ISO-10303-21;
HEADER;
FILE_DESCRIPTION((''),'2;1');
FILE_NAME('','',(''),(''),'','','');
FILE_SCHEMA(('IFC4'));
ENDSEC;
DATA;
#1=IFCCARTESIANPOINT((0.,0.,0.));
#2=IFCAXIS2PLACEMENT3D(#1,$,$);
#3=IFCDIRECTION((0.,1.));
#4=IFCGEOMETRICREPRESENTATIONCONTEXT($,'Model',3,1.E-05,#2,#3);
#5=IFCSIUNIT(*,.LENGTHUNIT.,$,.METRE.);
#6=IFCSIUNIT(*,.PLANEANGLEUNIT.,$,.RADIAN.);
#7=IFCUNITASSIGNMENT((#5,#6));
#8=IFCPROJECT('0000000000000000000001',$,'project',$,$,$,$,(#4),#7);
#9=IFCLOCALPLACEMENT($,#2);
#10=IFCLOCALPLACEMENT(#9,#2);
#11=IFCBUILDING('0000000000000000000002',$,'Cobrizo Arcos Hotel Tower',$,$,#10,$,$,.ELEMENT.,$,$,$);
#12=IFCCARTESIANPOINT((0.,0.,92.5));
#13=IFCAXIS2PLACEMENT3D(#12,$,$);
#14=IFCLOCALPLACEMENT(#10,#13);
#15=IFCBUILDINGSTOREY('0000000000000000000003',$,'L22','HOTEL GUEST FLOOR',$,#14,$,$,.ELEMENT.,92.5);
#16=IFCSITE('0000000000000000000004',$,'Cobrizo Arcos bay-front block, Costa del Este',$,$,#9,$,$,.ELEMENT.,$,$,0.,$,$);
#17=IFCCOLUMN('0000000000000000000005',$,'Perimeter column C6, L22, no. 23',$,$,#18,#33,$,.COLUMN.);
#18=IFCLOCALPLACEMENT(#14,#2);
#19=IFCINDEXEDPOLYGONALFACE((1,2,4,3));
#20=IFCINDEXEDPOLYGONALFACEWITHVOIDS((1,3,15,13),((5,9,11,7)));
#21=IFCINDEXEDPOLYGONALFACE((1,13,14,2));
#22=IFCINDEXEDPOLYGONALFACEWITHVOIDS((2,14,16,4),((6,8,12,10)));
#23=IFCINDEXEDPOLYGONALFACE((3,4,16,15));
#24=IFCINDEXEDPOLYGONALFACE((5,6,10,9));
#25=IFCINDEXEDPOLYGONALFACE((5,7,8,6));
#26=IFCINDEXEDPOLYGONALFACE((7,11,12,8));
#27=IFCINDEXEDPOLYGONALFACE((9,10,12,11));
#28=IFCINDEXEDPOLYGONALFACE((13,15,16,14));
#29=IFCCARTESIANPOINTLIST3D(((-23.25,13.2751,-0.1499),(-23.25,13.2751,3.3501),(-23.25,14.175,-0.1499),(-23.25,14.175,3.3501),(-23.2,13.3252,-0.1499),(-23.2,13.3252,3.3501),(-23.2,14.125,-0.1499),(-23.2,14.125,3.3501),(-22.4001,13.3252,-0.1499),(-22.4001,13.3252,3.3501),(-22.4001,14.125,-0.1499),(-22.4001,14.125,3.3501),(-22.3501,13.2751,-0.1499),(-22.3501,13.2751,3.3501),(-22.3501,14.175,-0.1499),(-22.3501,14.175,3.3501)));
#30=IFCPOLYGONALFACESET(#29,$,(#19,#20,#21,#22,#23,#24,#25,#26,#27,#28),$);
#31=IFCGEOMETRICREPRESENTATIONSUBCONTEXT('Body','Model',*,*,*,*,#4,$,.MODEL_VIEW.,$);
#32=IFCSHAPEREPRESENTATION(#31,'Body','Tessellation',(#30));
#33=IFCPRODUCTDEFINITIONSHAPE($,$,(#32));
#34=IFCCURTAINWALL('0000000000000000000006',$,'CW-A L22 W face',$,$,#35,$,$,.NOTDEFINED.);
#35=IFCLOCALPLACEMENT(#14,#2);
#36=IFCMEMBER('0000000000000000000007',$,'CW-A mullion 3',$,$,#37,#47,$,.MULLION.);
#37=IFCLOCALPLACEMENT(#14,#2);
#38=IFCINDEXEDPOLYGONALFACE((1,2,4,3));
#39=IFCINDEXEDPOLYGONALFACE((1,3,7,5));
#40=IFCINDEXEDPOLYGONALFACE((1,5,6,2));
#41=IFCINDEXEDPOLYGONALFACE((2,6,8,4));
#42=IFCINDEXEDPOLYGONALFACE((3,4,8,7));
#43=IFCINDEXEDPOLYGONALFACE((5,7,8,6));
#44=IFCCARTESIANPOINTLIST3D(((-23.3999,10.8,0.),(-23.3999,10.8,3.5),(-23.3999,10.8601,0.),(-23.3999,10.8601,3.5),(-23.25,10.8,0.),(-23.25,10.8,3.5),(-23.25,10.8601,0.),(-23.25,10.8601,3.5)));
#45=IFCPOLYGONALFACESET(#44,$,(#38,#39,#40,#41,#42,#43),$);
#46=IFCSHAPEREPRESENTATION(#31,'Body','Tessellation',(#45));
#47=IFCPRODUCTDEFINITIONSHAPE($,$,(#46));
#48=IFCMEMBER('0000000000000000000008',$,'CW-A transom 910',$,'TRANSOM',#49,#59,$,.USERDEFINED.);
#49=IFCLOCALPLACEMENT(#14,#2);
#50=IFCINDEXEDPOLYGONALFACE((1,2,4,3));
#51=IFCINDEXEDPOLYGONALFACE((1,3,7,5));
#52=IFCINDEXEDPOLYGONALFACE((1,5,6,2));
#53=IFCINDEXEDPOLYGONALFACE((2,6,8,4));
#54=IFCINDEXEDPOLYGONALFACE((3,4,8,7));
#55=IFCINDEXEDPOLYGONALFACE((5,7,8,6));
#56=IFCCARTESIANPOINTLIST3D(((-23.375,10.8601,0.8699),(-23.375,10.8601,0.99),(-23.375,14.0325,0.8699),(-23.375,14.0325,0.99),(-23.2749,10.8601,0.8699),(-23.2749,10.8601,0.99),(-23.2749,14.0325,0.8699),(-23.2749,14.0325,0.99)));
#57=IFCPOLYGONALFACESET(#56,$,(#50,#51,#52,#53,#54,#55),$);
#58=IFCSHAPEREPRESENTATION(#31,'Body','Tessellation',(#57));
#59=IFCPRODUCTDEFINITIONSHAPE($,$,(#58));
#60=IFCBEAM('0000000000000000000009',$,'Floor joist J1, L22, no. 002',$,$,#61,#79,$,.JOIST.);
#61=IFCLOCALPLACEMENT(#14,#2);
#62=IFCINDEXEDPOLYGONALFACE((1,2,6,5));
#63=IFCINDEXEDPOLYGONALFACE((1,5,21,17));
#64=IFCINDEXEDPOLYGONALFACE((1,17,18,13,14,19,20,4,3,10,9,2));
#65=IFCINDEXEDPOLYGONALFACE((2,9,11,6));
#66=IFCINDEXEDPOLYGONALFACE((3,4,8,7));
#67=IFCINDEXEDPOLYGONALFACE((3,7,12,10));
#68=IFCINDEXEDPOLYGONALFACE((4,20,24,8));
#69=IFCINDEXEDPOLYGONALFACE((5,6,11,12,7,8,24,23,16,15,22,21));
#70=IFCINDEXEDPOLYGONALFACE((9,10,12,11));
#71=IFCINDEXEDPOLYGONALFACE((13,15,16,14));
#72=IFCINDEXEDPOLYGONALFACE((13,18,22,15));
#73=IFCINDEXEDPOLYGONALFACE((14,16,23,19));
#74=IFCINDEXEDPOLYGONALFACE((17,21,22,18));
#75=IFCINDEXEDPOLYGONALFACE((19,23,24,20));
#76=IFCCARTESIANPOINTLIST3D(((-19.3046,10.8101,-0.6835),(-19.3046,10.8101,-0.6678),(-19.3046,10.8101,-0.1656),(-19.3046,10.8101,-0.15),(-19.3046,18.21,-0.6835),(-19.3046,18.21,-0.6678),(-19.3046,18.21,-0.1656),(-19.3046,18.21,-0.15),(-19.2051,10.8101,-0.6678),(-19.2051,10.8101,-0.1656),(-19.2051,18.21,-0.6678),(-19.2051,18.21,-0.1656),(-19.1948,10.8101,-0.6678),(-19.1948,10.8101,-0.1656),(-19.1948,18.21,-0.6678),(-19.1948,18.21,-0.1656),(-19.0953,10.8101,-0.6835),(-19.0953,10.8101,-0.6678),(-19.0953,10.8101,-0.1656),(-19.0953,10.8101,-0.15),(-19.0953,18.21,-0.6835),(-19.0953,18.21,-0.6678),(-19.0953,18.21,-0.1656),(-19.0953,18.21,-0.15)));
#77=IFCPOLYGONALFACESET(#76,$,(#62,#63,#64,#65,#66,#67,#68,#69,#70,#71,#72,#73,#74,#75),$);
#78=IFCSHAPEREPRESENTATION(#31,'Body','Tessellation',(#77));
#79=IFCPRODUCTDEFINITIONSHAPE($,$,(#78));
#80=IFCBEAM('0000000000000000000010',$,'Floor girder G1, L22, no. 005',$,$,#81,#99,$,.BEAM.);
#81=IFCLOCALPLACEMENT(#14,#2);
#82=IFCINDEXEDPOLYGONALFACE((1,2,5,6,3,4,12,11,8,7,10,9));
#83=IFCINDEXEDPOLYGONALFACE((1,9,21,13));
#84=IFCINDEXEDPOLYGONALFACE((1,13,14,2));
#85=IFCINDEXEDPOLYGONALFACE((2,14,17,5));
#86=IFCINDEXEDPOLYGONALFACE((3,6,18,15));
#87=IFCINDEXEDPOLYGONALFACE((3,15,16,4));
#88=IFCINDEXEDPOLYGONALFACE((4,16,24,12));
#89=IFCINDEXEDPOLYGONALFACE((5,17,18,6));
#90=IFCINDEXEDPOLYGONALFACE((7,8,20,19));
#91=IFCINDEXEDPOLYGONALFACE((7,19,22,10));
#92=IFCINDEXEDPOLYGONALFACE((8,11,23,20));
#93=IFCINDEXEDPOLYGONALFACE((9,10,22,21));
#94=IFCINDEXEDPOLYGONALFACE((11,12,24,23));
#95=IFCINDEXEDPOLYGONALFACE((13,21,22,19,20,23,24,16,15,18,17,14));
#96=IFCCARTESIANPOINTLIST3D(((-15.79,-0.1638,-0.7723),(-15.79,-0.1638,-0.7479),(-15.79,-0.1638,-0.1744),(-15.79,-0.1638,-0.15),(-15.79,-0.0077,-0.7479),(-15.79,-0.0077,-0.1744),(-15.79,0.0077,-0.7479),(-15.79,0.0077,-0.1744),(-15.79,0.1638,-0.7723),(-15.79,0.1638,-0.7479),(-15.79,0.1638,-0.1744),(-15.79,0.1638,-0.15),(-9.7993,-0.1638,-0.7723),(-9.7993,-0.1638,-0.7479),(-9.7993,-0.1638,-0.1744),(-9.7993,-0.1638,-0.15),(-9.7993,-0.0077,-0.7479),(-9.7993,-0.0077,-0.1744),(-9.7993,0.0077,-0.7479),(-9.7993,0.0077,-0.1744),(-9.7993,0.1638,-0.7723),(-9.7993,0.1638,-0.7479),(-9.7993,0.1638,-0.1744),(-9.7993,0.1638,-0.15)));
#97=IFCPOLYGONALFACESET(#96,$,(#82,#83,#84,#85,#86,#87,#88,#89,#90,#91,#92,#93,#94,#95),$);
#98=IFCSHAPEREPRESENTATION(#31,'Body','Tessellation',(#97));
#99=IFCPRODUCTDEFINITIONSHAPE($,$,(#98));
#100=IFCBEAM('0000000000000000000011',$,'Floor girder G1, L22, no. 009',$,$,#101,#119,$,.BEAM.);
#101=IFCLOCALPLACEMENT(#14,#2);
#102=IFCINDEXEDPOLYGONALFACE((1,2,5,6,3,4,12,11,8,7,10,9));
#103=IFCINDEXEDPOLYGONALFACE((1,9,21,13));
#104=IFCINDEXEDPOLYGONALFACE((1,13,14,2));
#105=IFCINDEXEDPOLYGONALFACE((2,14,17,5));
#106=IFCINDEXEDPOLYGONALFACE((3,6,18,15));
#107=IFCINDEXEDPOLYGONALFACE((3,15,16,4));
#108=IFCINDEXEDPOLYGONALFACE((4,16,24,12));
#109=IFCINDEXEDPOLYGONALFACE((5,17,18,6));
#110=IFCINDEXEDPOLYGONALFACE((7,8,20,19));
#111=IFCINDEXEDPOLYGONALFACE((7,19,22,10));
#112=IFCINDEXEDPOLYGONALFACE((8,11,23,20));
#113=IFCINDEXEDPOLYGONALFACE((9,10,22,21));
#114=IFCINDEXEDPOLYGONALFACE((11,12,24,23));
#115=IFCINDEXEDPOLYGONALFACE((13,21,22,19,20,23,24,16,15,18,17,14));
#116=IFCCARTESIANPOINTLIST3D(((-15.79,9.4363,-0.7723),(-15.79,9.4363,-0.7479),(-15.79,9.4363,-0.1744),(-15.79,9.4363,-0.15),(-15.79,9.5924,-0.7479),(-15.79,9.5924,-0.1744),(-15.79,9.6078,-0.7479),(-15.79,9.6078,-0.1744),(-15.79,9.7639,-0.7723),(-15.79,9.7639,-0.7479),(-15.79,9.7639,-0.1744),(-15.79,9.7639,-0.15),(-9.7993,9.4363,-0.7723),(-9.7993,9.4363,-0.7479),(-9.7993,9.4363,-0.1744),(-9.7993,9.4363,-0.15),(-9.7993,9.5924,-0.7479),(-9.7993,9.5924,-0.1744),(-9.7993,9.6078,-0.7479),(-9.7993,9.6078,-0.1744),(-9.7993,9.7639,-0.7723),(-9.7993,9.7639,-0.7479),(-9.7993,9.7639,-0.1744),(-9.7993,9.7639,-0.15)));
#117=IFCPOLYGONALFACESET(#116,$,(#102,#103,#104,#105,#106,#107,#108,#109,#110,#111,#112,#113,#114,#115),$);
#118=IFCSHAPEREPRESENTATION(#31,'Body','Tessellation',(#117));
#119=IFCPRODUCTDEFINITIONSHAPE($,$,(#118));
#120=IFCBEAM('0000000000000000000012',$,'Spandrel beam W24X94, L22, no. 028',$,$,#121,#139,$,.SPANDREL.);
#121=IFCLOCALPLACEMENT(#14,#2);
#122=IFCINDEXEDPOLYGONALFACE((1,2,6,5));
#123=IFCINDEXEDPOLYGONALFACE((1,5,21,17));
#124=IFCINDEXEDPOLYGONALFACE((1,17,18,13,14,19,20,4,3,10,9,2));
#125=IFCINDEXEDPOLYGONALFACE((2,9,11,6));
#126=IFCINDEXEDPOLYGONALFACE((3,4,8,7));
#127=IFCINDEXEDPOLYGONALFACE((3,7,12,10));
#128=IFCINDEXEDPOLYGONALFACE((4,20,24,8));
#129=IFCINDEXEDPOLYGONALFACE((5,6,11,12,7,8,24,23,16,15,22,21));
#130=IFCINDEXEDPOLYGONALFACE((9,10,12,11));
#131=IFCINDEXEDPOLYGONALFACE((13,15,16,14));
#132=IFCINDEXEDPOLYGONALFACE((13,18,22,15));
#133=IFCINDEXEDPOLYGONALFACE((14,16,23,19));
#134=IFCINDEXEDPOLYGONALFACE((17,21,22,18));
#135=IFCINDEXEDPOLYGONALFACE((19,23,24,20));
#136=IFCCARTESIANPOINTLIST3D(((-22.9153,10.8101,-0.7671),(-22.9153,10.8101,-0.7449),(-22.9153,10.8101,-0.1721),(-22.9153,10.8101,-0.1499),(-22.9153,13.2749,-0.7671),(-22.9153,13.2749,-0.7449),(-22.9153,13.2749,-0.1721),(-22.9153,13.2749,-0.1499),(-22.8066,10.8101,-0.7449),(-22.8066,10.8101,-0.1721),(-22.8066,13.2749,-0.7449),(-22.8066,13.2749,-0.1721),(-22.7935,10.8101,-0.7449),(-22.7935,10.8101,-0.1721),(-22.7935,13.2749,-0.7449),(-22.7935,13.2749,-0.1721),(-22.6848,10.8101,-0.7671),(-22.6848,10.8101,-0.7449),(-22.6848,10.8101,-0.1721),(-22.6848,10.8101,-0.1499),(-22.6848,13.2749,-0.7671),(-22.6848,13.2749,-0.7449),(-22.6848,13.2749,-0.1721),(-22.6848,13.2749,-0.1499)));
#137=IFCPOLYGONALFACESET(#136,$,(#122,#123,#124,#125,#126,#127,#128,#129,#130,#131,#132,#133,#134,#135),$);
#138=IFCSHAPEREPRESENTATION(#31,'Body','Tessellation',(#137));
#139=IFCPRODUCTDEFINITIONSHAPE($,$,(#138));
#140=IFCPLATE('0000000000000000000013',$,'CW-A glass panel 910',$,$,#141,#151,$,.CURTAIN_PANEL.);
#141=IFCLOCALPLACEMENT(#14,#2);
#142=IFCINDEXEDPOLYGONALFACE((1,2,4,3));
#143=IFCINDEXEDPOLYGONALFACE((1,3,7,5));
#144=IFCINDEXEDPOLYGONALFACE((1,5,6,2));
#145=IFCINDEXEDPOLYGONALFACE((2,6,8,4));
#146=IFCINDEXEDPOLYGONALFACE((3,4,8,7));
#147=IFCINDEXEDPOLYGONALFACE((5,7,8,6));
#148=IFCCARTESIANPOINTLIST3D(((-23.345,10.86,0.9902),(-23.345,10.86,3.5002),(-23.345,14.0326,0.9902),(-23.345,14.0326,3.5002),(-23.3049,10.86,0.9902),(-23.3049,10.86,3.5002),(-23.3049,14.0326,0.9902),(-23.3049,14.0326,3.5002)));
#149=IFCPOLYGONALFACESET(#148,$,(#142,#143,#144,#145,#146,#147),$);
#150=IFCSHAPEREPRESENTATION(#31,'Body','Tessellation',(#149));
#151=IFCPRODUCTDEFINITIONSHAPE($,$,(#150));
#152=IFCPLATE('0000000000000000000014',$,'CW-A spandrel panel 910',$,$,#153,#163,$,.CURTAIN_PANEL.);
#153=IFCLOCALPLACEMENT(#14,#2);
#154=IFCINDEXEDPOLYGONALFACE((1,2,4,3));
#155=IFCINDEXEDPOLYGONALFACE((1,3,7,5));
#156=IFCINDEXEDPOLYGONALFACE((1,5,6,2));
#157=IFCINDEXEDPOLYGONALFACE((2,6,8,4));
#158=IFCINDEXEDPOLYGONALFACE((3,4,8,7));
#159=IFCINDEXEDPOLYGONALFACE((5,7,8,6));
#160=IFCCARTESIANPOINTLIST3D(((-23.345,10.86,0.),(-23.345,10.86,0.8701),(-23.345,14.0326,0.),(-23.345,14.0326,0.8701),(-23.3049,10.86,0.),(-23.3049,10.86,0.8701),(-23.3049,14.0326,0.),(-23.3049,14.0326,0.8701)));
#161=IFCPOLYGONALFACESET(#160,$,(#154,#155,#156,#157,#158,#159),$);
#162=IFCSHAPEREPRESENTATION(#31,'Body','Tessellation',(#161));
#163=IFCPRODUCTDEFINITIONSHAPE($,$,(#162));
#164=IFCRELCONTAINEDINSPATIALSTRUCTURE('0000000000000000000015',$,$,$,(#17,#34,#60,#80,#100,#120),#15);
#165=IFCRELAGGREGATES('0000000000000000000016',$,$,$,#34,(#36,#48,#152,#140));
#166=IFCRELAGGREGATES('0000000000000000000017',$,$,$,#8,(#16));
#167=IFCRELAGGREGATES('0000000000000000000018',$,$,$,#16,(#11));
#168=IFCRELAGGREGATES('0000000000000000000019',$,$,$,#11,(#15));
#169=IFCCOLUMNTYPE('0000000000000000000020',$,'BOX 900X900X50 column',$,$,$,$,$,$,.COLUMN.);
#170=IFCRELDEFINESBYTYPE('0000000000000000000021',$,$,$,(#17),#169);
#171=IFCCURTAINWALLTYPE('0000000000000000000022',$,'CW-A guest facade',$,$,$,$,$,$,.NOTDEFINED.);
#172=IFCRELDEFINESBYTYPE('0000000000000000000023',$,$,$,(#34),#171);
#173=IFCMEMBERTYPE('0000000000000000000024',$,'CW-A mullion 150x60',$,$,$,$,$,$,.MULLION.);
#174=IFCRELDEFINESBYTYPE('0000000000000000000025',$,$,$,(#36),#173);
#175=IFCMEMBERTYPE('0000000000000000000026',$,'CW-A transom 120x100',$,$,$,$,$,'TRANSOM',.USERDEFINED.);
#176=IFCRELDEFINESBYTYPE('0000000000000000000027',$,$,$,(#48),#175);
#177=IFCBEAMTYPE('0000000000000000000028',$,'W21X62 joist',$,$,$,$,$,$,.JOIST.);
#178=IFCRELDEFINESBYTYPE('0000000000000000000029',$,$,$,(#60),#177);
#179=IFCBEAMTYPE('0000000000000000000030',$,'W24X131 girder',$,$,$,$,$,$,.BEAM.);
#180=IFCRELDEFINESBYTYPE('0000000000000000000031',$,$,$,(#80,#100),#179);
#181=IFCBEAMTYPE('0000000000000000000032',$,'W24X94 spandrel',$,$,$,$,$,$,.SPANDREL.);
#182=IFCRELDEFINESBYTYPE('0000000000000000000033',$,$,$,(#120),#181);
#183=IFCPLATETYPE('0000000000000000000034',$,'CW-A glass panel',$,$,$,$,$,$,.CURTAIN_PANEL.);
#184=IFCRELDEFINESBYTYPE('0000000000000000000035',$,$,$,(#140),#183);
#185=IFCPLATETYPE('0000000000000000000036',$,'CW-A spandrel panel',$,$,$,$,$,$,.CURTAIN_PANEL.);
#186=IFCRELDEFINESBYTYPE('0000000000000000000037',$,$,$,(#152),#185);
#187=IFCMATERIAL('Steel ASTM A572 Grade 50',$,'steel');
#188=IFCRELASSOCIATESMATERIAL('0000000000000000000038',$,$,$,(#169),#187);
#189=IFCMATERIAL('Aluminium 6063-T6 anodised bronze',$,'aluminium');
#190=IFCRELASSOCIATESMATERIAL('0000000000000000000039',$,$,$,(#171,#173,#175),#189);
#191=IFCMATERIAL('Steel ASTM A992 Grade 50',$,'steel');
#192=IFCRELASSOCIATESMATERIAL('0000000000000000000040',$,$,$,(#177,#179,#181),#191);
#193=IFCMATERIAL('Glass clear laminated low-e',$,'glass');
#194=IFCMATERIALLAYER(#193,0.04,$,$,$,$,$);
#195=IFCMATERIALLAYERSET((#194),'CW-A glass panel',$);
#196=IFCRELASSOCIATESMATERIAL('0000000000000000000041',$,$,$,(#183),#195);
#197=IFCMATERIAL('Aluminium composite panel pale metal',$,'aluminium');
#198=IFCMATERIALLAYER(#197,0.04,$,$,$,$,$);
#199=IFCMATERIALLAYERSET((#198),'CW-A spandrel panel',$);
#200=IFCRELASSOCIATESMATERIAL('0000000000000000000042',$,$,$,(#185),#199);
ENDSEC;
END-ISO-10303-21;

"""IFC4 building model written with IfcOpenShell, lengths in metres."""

from ifc_helpers import new_model, si_unit, direction, frame, origin, origin_2d, place, context, subcontext, project, spatial, rectangle, hollow_rectangle, i_section, extrude, material, layer, layer_set, material_profile, profile_set, type_object, element, aggregate, save


model = new_model("IFC4")

# Units and contexts
model_context = context("Model", 3, precision=1e-05, world=origin(), true_north=direction((0.0, 1.0)))
body_context = subcontext(model_context, "Body", "Model", "MODEL_VIEW")
ifc_project = project(units=[si_unit("LENGTHUNIT", "METRE"), si_unit("PLANEANGLEUNIT", "RADIAN")], contexts=[model_context])

# Site, building, storey
site_placement = place(None, origin())
site = spatial("IfcSite", under=ifc_project, at=site_placement, Name="Cobrizo Arcos bay-front block, Costa del Este", CompositionType="ELEMENT", RefElevation=0.0)
building_placement = place(site_placement, origin())
building = spatial("IfcBuilding", under=site, at=building_placement, Name="Cobrizo Arcos Hotel Tower", CompositionType="ELEMENT")
storey_placement = place(building_placement, frame((0.0, 0.0, 92.5)))
storey = spatial("IfcBuildingStorey", under=building, at=storey_placement, Name="L22", Description="HOTEL GUEST FLOOR", CompositionType="ELEMENT", Elevation=92.5)

# Column
ifc_material_1 = material(Name="Steel ASTM A572 Grade 50", Category="steel")
ifc_material_profile_1 = material_profile(ifc_material_1, hollow_rectangle(XDim=0.8999, YDim=0.8999, WallThickness=0.05, at=origin_2d()), Name="BOX 900X900X50")
ifc_profile_set_1 = profile_set([ifc_material_profile_1], Name="Steel ASTM A572 Grade 50")
column_type = type_object("IfcColumnType", Name="BOX 900X900X50 column", PredefinedType="COLUMN", material=ifc_profile_set_1)
column_placement = place(storey_placement, frame((-22.8, 13.7251, -0.1499), z_axis=(0.0, 0.0, 1.0), x_axis=(1.0, 0.0, 0.0)))
element("IfcColumn", 1, at=column_placement, inside=storey, type_object=column_type, Name="Perimeter column C6, L22, no. 23", PredefinedType="COLUMN", context=body_context, shape_type="SweptSolid", body=[
    extrude(hollow_rectangle(XDim=0.8999, YDim=0.8999, WallThickness=0.05, at=origin_2d()), origin(), (0.0, 0.0, 1.0), 3.5),
])

# Curtain wall, members
ifc_material_2 = material(Name="Aluminium 6063-T6 anodised bronze", Category="aluminium")
curtain_wall_type = type_object("IfcCurtainWallType", Name="CW-A guest facade", PredefinedType="NOTDEFINED", material=ifc_material_2)
curtain_wall_placement = place(storey_placement, origin())
curtain_wall = element("IfcCurtainWall", 2, at=curtain_wall_placement, inside=storey, type_object=curtain_wall_type, Name="CW-A L22 W face", PredefinedType="NOTDEFINED")
ifc_material_profile_2 = material_profile(ifc_material_2, rectangle(XDim=0.1499, YDim=0.0601, at=origin_2d()), Name="CW-A mullion 150x60")
ifc_profile_set_2 = profile_set([ifc_material_profile_2], Name="Aluminium 6063-T6 anodised bronze")
member_type_1 = type_object("IfcMemberType", Name="CW-A mullion 150x60", PredefinedType="MULLION", material=ifc_profile_set_2)
member_1_placement = place(storey_placement, frame((-23.325, 10.8301, 0.0), z_axis=(0.0, 0.0, 1.0), x_axis=(-1.0, 0.0, 0.0)))
member_1 = element("IfcMember", 3, at=member_1_placement, type_object=member_type_1, Name="CW-A mullion 3", PredefinedType="MULLION", context=body_context, shape_type="SweptSolid", body=[
    extrude(rectangle(XDim=0.1499, YDim=0.0601, at=origin_2d()), origin(), (0.0, 0.0, 1.0), 3.5),
])
ifc_material_profile_3 = material_profile(ifc_material_2, rectangle(XDim=0.1001, YDim=0.1201, at=origin_2d()), Name="CW-A transom 120x100")
ifc_profile_set_3 = profile_set([ifc_material_profile_3], Name="Aluminium 6063-T6 anodised bronze")
member_type_2 = type_object("IfcMemberType", Name="CW-A transom 120x100", ElementType="TRANSOM", PredefinedType="USERDEFINED", material=ifc_profile_set_3)
member_2_placement = place(storey_placement, frame((-23.325, 14.0325, 0.9299), z_axis=(0.0, -1.0, 0.0), x_axis=(1.0, 0.0, 0.0)))
member_2 = element("IfcMember", 4, at=member_2_placement, type_object=member_type_2, Name="CW-A transom 910", ObjectType="TRANSOM", PredefinedType="USERDEFINED", context=body_context, shape_type="SweptSolid", body=[
    extrude(rectangle(XDim=0.1001, YDim=0.1201, at=origin_2d()), origin(), (0.0, 0.0, 1.0), 3.1724),
])

# Beams
ifc_material_3 = material(Name="Steel ASTM A992 Grade 50", Category="steel")
ifc_material_profile_4 = material_profile(ifc_material_3, i_section(OverallWidth=0.2092, OverallDepth=0.5334, WebThickness=0.0103, FlangeThickness=0.0156, at=origin_2d()), Name="W21X62")
ifc_profile_set_4 = profile_set([ifc_material_profile_4], Name="Steel ASTM A992 Grade 50")
beam_type_1 = type_object("IfcBeamType", Name="W21X62 joist", PredefinedType="JOIST", material=ifc_profile_set_4)
beam_1_placement = place(storey_placement, frame((-19.2, 10.8101, -0.4167), z_axis=(0.0, 1.0, 0.0), x_axis=(-1.0, 0.0, 0.0)))
element("IfcBeam", 5, at=beam_1_placement, inside=storey, type_object=beam_type_1, Name="Floor joist J1, L22, no. 002", PredefinedType="JOIST", context=body_context, shape_type="SweptSolid", body=[
    extrude(i_section(OverallWidth=0.2092, OverallDepth=0.5334, WebThickness=0.0103, FlangeThickness=0.0156, at=origin_2d()), origin(), (0.0, 0.0, 1.0), 7.3999),
])
ifc_material_profile_5 = material_profile(ifc_material_3, i_section(OverallWidth=0.3276, OverallDepth=0.6223, WebThickness=0.0154, FlangeThickness=0.0244, at=origin_2d()), Name="W24X131")
ifc_profile_set_5 = profile_set([ifc_material_profile_5], Name="Steel ASTM A992 Grade 50")
beam_type_2 = type_object("IfcBeamType", Name="W24X131 girder", PredefinedType="BEAM", material=ifc_profile_set_5)
for number, where, z_axis, x_axis, name in (
    (6, (-15.79, 0.0, -0.4612), (1.0, 0.0, 0.0), (0.0, 1.0, 0.0), "Floor girder G1, L22, no. 005"),
    (7, (-15.79, 9.6001, -0.4612), (1.0, 0.0, 0.0), (0.0, 1.0, 0.0), "Floor girder G1, L22, no. 009"),
):
    element("IfcBeam", number, at=place(storey_placement, frame(where, z_axis=z_axis, x_axis=x_axis)), inside=storey, type_object=beam_type_2, Name=name, PredefinedType="BEAM", context=body_context, shape_type="SweptSolid", body=[
        extrude(i_section(OverallWidth=0.3276, OverallDepth=0.6223, WebThickness=0.0154, FlangeThickness=0.0244, at=origin_2d()), origin(), (0.0, 0.0, 1.0), 5.9907),
    ])
ifc_material_profile_6 = material_profile(ifc_material_3, i_section(OverallWidth=0.2305, OverallDepth=0.6172, WebThickness=0.0132, FlangeThickness=0.0222, at=origin_2d()), Name="W24X94")
ifc_profile_set_6 = profile_set([ifc_material_profile_6], Name="Steel ASTM A992 Grade 50")
beam_type_3 = type_object("IfcBeamType", Name="W24X94 spandrel", PredefinedType="SPANDREL", material=ifc_profile_set_6)
beam_2_placement = place(storey_placement, frame((-22.8, 13.2749, -0.4585), z_axis=(0.0, -1.0, 0.0), x_axis=(1.0, 0.0, 0.0)))
element("IfcBeam", 8, at=beam_2_placement, inside=storey, type_object=beam_type_3, Name="Spandrel beam W24X94, L22, no. 028", PredefinedType="SPANDREL", context=body_context, shape_type="SweptSolid", body=[
    extrude(i_section(OverallWidth=0.2305, OverallDepth=0.6172, WebThickness=0.0132, FlangeThickness=0.0222, at=origin_2d()), origin(), (0.0, 0.0, 1.0), 2.4648),
])

# Plates
ifc_material_4 = material(Name="Glass clear laminated low-e", Category="glass")
ifc_layer_1 = layer(ifc_material_4, 0.04)
ifc_layer_set_1 = layer_set([ifc_layer_1], Name="CW-A glass panel")
plate_type_1 = type_object("IfcPlateType", Name="CW-A glass panel", PredefinedType="CURTAIN_PANEL", material=ifc_layer_set_1)
plate_1_placement = place(storey_placement, frame((-23.325, 12.4463, 0.9902), z_axis=(0.0, 0.0, 1.0), x_axis=(0.0, -1.0, 0.0)))
plate_1 = element("IfcPlate", 9, at=plate_1_placement, type_object=plate_type_1, Name="CW-A glass panel 910", PredefinedType="CURTAIN_PANEL", context=body_context, shape_type="SweptSolid", body=[
    extrude(rectangle(XDim=3.1726, YDim=0.04, at=origin_2d()), origin(), (0.0, 0.0, 1.0), 2.51),
])
ifc_material_5 = material(Name="Aluminium composite panel pale metal", Category="aluminium")
ifc_layer_2 = layer(ifc_material_5, 0.04)
ifc_layer_set_2 = layer_set([ifc_layer_2], Name="CW-A spandrel panel")
plate_type_2 = type_object("IfcPlateType", Name="CW-A spandrel panel", PredefinedType="CURTAIN_PANEL", material=ifc_layer_set_2)
plate_2_placement = place(storey_placement, frame((-23.325, 12.4463, 0.0), z_axis=(0.0, 0.0, 1.0), x_axis=(0.0, -1.0, 0.0)))
plate_2 = element("IfcPlate", 10, at=plate_2_placement, type_object=plate_type_2, Name="CW-A spandrel panel 910", PredefinedType="CURTAIN_PANEL", context=body_context, shape_type="SweptSolid", body=[
    extrude(rectangle(XDim=3.1726, YDim=0.04, at=origin_2d()), origin(), (0.0, 0.0, 1.0), 0.8701),
])
aggregate(curtain_wall, [member_1, member_2, plate_2, plate_1])

save(model, "model.ifc")
